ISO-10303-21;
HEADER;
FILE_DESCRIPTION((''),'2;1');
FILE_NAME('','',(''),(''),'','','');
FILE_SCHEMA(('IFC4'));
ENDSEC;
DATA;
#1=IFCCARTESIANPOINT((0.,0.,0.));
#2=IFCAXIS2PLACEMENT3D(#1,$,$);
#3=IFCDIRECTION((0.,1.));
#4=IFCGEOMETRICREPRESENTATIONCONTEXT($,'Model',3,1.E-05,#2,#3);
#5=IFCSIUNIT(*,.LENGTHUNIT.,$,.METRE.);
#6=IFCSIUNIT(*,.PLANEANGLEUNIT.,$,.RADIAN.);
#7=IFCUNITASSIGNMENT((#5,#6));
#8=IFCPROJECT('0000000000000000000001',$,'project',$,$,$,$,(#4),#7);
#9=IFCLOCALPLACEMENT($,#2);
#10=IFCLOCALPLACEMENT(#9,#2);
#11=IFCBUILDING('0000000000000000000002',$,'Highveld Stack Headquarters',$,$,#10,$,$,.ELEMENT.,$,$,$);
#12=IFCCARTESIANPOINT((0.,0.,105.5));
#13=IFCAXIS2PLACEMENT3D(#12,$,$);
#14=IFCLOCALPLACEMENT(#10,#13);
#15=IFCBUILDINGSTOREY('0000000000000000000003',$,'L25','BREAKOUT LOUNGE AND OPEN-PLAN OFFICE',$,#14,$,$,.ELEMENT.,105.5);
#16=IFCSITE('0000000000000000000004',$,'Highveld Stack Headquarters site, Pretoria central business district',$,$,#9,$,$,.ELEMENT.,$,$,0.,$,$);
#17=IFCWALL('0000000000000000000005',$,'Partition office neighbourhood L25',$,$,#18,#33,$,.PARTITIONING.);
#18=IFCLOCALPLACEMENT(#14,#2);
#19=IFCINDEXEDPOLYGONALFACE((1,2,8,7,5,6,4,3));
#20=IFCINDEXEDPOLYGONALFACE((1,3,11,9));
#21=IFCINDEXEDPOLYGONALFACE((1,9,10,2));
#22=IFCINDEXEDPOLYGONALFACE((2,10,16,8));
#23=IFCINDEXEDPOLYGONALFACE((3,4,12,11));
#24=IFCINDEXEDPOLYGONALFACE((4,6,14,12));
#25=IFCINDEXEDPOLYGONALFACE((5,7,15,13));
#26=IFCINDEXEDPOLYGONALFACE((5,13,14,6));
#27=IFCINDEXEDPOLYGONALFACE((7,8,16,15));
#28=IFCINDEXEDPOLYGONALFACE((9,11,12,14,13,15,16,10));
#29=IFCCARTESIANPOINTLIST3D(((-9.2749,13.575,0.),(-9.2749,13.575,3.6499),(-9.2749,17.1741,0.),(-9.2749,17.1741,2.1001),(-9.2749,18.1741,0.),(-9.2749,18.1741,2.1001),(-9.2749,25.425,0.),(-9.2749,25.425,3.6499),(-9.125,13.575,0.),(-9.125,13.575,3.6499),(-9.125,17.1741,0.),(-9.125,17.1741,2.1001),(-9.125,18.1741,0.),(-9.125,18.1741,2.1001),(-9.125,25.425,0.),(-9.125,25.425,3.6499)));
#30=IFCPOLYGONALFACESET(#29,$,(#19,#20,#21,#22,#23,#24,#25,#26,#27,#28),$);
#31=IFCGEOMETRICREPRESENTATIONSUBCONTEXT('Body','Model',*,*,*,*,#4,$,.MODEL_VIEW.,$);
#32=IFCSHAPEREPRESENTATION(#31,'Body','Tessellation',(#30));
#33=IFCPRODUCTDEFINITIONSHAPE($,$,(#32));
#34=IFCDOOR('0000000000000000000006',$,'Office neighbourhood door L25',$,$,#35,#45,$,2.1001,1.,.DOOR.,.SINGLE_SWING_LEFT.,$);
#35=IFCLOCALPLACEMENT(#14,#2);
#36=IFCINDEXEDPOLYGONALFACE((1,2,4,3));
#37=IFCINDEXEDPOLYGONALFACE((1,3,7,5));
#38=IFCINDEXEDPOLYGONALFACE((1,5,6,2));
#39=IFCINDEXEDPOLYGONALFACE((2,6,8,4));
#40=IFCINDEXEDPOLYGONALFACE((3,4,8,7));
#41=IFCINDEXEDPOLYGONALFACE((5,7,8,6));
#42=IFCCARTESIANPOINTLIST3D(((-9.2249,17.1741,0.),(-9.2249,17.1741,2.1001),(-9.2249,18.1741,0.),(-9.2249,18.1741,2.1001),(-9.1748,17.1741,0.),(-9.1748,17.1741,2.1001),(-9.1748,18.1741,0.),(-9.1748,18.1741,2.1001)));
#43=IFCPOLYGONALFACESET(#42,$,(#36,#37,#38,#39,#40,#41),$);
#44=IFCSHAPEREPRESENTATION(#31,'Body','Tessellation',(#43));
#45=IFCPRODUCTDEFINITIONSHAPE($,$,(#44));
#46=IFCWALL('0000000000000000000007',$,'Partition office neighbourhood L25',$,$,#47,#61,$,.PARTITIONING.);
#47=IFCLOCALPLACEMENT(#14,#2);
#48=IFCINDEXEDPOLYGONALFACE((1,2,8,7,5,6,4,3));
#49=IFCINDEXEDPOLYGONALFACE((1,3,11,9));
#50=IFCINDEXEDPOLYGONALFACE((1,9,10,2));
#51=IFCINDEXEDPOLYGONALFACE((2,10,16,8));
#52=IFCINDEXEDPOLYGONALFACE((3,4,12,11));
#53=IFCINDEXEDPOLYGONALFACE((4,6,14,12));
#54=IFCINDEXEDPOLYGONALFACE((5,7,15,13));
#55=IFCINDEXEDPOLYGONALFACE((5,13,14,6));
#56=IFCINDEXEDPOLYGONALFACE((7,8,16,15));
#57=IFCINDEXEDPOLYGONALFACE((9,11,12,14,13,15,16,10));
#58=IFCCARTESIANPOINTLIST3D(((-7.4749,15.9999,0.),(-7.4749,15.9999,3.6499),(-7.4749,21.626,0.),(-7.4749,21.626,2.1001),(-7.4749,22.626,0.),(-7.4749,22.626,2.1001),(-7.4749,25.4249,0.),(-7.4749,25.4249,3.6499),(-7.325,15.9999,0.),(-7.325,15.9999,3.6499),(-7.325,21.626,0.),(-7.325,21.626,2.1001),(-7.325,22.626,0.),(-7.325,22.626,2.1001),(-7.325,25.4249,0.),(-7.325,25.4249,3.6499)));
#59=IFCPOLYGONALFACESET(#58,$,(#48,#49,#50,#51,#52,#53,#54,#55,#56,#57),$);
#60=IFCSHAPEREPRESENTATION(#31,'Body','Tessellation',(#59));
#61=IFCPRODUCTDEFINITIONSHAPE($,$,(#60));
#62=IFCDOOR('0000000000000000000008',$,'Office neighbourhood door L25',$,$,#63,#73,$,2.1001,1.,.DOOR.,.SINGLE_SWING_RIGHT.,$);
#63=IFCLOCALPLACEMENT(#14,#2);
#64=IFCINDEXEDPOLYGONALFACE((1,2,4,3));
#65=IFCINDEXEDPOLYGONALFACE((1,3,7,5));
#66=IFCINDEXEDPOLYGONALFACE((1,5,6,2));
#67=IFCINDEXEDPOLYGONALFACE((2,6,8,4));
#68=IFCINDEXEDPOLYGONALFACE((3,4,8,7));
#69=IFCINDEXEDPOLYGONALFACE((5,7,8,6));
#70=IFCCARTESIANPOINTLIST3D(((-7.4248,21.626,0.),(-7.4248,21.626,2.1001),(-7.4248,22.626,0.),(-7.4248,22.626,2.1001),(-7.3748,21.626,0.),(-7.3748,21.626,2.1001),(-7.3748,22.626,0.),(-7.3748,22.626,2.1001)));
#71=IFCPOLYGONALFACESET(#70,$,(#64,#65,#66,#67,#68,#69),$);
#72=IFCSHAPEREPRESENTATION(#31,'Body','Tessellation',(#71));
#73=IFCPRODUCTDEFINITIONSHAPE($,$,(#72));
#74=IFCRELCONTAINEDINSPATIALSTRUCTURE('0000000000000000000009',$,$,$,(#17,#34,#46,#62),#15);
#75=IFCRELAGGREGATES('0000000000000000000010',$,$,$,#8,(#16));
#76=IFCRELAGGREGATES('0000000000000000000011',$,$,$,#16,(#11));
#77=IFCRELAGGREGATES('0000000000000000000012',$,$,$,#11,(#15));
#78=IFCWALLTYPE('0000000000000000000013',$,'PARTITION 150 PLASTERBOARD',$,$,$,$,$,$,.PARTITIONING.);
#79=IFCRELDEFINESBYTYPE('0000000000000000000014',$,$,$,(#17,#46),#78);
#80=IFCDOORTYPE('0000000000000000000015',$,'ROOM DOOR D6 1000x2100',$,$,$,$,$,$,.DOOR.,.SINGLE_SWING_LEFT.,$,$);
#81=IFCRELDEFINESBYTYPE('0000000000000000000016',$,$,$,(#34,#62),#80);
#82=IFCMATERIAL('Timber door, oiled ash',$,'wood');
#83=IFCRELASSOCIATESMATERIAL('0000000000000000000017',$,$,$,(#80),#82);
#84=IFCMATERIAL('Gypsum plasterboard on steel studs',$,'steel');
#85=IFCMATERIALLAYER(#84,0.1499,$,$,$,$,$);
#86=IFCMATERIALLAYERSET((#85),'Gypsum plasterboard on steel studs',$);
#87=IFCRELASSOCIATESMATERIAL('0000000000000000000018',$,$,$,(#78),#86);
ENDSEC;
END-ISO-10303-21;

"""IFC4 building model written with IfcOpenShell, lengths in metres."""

from ifc_helpers import new_model, si_unit, direction, frame, frame_2d, origin, place, context, subcontext, project, spatial, rectangle, extrude, material, layer, layer_set, type_object, element, fill, save


model = new_model("IFC4")

# Units and contexts
model_context = context("Model", 3, precision=1e-05, world=origin(), true_north=direction((0.0, 1.0)))
body_context = subcontext(model_context, "Body", "Model", "MODEL_VIEW")
ifc_project = project(units=[si_unit("LENGTHUNIT", "METRE"), si_unit("PLANEANGLEUNIT", "RADIAN")], contexts=[model_context])

# Site, building, storey
site_placement = place(None, origin())
site = spatial("IfcSite", under=ifc_project, at=site_placement, Name="Highveld Stack Headquarters site, Pretoria central business district", CompositionType="ELEMENT", RefElevation=0.0)
building_placement = place(site_placement, origin())
building = spatial("IfcBuilding", under=site, at=building_placement, Name="Highveld Stack Headquarters", CompositionType="ELEMENT")
storey_placement = place(building_placement, frame((0.0, 0.0, 105.5)))
storey = spatial("IfcBuildingStorey", under=building, at=storey_placement, Name="L25", Description="BREAKOUT LOUNGE AND OPEN-PLAN OFFICE", CompositionType="ELEMENT", Elevation=105.5)

# Shared definitions
ifc_material_1 = material(Name="Timber door, oiled ash", Category="wood")
door_type = type_object("IfcDoorType", Name="ROOM DOOR D6 1000x2100", OperationType="SINGLE_SWING_LEFT", PredefinedType="DOOR", material=ifc_material_1)

# Shared definitions
ifc_material_2 = material(Name="Gypsum plasterboard on steel studs", Category="steel")
ifc_layer_1 = layer(ifc_material_2, 0.1499)
ifc_layer_set_1 = layer_set([ifc_layer_1], Name="Gypsum plasterboard on steel studs")
wall_type_1 = type_object("IfcWallType", Name="PARTITION 150 PLASTERBOARD", PredefinedType="PARTITIONING", material=ifc_layer_set_1)

# Walls, openings, doors
wall_1_placement = place(storey_placement, frame((-9.2, 13.575, 0.0), z_axis=(0.0, 0.0, 1.0), x_axis=(0.0, 1.0, 0.0)))
wall_1 = element("IfcWall", 1, at=wall_1_placement, inside=storey, type_object=wall_type_1, Name="Partition office neighbourhood L25", PredefinedType="PARTITIONING", context=body_context, shape_type="SweptSolid", body=[
    extrude(rectangle(XDim=11.8501, YDim=0.1499, at=frame_2d((5.925, 0.0))), origin(), (0.0, 0.0, 1.0), 3.6499),
])
opening_1_placement = place(wall_1_placement, frame((3.5991, 0.0, 0.0)))
opening_1 = element("IfcOpeningElement", 2, at=opening_1_placement, cuts=wall_1, PredefinedType="OPENING", context=body_context, shape_type="SweptSolid", body=[
    extrude(rectangle(XDim=1.0, YDim=2.1001, at=frame_2d((0.5, 1.05))), frame((0.0, 0.085, 0.0), z_axis=(0.0, -1.0, 0.0), x_axis=(1.0, 0.0, 0.0)), (0.0, 0.0, 1.0), 0.1699),
])
door_1_placement = place(opening_1_placement, origin())
door_1 = element("IfcDoor", 3, at=door_1_placement, inside=storey, type_object=door_type, Name="Office neighbourhood door L25", OperationType="SINGLE_SWING_LEFT", OverallHeight=2.1001, OverallWidth=1.0, PredefinedType="DOOR", context=body_context, shape_type="SweptSolid", body=[
    extrude(rectangle(XDim=1.0, YDim=2.1001, at=frame_2d((0.5, 1.05))), frame((0.0, 0.0249, 0.0), z_axis=(0.0, -1.0, 0.0), x_axis=(1.0, 0.0, 0.0)), (0.0, 0.0, 1.0), 0.05),
])
fill(opening_1, door_1)
wall_2_placement = place(storey_placement, frame((-7.3999, 16.0, 0.0), z_axis=(0.0, 0.0, 1.0), x_axis=(0.0, 1.0, 0.0)))
wall_2 = element("IfcWall", 4, at=wall_2_placement, inside=storey, type_object=wall_type_1, Name="Partition office neighbourhood L25", PredefinedType="PARTITIONING", context=body_context, shape_type="SweptSolid", body=[
    extrude(rectangle(XDim=9.425, YDim=0.1499, at=frame_2d((4.7124, 0.0))), origin(), (0.0, 0.0, 1.0), 3.6499),
])
opening_2_placement = place(wall_2_placement, frame((5.626, 0.0, 0.0)))
opening_2 = element("IfcOpeningElement", 5, at=opening_2_placement, cuts=wall_2, PredefinedType="OPENING", context=body_context, shape_type="SweptSolid", body=[
    extrude(rectangle(XDim=1.0, YDim=2.1001, at=frame_2d((0.5, 1.05))), frame((0.0, 0.085, 0.0), z_axis=(0.0, -1.0, 0.0), x_axis=(1.0, 0.0, 0.0)), (0.0, 0.0, 1.0), 0.1699),
])
door_2_placement = place(opening_2_placement, origin())
door_2 = element("IfcDoor", 6, at=door_2_placement, inside=storey, type_object=door_type, Name="Office neighbourhood door L25", OperationType="SINGLE_SWING_RIGHT", OverallHeight=2.1001, OverallWidth=1.0, PredefinedType="DOOR", context=body_context, shape_type="SweptSolid", body=[
    extrude(rectangle(XDim=1.0, YDim=2.1001, at=frame_2d((0.5, 1.05))), frame((0.0, 0.0249, 0.0), z_axis=(0.0, -1.0, 0.0), x_axis=(1.0, 0.0, 0.0)), (0.0, 0.0, 1.0), 0.05),
])
fill(opening_2, door_2)

save(model, "model.ifc")
